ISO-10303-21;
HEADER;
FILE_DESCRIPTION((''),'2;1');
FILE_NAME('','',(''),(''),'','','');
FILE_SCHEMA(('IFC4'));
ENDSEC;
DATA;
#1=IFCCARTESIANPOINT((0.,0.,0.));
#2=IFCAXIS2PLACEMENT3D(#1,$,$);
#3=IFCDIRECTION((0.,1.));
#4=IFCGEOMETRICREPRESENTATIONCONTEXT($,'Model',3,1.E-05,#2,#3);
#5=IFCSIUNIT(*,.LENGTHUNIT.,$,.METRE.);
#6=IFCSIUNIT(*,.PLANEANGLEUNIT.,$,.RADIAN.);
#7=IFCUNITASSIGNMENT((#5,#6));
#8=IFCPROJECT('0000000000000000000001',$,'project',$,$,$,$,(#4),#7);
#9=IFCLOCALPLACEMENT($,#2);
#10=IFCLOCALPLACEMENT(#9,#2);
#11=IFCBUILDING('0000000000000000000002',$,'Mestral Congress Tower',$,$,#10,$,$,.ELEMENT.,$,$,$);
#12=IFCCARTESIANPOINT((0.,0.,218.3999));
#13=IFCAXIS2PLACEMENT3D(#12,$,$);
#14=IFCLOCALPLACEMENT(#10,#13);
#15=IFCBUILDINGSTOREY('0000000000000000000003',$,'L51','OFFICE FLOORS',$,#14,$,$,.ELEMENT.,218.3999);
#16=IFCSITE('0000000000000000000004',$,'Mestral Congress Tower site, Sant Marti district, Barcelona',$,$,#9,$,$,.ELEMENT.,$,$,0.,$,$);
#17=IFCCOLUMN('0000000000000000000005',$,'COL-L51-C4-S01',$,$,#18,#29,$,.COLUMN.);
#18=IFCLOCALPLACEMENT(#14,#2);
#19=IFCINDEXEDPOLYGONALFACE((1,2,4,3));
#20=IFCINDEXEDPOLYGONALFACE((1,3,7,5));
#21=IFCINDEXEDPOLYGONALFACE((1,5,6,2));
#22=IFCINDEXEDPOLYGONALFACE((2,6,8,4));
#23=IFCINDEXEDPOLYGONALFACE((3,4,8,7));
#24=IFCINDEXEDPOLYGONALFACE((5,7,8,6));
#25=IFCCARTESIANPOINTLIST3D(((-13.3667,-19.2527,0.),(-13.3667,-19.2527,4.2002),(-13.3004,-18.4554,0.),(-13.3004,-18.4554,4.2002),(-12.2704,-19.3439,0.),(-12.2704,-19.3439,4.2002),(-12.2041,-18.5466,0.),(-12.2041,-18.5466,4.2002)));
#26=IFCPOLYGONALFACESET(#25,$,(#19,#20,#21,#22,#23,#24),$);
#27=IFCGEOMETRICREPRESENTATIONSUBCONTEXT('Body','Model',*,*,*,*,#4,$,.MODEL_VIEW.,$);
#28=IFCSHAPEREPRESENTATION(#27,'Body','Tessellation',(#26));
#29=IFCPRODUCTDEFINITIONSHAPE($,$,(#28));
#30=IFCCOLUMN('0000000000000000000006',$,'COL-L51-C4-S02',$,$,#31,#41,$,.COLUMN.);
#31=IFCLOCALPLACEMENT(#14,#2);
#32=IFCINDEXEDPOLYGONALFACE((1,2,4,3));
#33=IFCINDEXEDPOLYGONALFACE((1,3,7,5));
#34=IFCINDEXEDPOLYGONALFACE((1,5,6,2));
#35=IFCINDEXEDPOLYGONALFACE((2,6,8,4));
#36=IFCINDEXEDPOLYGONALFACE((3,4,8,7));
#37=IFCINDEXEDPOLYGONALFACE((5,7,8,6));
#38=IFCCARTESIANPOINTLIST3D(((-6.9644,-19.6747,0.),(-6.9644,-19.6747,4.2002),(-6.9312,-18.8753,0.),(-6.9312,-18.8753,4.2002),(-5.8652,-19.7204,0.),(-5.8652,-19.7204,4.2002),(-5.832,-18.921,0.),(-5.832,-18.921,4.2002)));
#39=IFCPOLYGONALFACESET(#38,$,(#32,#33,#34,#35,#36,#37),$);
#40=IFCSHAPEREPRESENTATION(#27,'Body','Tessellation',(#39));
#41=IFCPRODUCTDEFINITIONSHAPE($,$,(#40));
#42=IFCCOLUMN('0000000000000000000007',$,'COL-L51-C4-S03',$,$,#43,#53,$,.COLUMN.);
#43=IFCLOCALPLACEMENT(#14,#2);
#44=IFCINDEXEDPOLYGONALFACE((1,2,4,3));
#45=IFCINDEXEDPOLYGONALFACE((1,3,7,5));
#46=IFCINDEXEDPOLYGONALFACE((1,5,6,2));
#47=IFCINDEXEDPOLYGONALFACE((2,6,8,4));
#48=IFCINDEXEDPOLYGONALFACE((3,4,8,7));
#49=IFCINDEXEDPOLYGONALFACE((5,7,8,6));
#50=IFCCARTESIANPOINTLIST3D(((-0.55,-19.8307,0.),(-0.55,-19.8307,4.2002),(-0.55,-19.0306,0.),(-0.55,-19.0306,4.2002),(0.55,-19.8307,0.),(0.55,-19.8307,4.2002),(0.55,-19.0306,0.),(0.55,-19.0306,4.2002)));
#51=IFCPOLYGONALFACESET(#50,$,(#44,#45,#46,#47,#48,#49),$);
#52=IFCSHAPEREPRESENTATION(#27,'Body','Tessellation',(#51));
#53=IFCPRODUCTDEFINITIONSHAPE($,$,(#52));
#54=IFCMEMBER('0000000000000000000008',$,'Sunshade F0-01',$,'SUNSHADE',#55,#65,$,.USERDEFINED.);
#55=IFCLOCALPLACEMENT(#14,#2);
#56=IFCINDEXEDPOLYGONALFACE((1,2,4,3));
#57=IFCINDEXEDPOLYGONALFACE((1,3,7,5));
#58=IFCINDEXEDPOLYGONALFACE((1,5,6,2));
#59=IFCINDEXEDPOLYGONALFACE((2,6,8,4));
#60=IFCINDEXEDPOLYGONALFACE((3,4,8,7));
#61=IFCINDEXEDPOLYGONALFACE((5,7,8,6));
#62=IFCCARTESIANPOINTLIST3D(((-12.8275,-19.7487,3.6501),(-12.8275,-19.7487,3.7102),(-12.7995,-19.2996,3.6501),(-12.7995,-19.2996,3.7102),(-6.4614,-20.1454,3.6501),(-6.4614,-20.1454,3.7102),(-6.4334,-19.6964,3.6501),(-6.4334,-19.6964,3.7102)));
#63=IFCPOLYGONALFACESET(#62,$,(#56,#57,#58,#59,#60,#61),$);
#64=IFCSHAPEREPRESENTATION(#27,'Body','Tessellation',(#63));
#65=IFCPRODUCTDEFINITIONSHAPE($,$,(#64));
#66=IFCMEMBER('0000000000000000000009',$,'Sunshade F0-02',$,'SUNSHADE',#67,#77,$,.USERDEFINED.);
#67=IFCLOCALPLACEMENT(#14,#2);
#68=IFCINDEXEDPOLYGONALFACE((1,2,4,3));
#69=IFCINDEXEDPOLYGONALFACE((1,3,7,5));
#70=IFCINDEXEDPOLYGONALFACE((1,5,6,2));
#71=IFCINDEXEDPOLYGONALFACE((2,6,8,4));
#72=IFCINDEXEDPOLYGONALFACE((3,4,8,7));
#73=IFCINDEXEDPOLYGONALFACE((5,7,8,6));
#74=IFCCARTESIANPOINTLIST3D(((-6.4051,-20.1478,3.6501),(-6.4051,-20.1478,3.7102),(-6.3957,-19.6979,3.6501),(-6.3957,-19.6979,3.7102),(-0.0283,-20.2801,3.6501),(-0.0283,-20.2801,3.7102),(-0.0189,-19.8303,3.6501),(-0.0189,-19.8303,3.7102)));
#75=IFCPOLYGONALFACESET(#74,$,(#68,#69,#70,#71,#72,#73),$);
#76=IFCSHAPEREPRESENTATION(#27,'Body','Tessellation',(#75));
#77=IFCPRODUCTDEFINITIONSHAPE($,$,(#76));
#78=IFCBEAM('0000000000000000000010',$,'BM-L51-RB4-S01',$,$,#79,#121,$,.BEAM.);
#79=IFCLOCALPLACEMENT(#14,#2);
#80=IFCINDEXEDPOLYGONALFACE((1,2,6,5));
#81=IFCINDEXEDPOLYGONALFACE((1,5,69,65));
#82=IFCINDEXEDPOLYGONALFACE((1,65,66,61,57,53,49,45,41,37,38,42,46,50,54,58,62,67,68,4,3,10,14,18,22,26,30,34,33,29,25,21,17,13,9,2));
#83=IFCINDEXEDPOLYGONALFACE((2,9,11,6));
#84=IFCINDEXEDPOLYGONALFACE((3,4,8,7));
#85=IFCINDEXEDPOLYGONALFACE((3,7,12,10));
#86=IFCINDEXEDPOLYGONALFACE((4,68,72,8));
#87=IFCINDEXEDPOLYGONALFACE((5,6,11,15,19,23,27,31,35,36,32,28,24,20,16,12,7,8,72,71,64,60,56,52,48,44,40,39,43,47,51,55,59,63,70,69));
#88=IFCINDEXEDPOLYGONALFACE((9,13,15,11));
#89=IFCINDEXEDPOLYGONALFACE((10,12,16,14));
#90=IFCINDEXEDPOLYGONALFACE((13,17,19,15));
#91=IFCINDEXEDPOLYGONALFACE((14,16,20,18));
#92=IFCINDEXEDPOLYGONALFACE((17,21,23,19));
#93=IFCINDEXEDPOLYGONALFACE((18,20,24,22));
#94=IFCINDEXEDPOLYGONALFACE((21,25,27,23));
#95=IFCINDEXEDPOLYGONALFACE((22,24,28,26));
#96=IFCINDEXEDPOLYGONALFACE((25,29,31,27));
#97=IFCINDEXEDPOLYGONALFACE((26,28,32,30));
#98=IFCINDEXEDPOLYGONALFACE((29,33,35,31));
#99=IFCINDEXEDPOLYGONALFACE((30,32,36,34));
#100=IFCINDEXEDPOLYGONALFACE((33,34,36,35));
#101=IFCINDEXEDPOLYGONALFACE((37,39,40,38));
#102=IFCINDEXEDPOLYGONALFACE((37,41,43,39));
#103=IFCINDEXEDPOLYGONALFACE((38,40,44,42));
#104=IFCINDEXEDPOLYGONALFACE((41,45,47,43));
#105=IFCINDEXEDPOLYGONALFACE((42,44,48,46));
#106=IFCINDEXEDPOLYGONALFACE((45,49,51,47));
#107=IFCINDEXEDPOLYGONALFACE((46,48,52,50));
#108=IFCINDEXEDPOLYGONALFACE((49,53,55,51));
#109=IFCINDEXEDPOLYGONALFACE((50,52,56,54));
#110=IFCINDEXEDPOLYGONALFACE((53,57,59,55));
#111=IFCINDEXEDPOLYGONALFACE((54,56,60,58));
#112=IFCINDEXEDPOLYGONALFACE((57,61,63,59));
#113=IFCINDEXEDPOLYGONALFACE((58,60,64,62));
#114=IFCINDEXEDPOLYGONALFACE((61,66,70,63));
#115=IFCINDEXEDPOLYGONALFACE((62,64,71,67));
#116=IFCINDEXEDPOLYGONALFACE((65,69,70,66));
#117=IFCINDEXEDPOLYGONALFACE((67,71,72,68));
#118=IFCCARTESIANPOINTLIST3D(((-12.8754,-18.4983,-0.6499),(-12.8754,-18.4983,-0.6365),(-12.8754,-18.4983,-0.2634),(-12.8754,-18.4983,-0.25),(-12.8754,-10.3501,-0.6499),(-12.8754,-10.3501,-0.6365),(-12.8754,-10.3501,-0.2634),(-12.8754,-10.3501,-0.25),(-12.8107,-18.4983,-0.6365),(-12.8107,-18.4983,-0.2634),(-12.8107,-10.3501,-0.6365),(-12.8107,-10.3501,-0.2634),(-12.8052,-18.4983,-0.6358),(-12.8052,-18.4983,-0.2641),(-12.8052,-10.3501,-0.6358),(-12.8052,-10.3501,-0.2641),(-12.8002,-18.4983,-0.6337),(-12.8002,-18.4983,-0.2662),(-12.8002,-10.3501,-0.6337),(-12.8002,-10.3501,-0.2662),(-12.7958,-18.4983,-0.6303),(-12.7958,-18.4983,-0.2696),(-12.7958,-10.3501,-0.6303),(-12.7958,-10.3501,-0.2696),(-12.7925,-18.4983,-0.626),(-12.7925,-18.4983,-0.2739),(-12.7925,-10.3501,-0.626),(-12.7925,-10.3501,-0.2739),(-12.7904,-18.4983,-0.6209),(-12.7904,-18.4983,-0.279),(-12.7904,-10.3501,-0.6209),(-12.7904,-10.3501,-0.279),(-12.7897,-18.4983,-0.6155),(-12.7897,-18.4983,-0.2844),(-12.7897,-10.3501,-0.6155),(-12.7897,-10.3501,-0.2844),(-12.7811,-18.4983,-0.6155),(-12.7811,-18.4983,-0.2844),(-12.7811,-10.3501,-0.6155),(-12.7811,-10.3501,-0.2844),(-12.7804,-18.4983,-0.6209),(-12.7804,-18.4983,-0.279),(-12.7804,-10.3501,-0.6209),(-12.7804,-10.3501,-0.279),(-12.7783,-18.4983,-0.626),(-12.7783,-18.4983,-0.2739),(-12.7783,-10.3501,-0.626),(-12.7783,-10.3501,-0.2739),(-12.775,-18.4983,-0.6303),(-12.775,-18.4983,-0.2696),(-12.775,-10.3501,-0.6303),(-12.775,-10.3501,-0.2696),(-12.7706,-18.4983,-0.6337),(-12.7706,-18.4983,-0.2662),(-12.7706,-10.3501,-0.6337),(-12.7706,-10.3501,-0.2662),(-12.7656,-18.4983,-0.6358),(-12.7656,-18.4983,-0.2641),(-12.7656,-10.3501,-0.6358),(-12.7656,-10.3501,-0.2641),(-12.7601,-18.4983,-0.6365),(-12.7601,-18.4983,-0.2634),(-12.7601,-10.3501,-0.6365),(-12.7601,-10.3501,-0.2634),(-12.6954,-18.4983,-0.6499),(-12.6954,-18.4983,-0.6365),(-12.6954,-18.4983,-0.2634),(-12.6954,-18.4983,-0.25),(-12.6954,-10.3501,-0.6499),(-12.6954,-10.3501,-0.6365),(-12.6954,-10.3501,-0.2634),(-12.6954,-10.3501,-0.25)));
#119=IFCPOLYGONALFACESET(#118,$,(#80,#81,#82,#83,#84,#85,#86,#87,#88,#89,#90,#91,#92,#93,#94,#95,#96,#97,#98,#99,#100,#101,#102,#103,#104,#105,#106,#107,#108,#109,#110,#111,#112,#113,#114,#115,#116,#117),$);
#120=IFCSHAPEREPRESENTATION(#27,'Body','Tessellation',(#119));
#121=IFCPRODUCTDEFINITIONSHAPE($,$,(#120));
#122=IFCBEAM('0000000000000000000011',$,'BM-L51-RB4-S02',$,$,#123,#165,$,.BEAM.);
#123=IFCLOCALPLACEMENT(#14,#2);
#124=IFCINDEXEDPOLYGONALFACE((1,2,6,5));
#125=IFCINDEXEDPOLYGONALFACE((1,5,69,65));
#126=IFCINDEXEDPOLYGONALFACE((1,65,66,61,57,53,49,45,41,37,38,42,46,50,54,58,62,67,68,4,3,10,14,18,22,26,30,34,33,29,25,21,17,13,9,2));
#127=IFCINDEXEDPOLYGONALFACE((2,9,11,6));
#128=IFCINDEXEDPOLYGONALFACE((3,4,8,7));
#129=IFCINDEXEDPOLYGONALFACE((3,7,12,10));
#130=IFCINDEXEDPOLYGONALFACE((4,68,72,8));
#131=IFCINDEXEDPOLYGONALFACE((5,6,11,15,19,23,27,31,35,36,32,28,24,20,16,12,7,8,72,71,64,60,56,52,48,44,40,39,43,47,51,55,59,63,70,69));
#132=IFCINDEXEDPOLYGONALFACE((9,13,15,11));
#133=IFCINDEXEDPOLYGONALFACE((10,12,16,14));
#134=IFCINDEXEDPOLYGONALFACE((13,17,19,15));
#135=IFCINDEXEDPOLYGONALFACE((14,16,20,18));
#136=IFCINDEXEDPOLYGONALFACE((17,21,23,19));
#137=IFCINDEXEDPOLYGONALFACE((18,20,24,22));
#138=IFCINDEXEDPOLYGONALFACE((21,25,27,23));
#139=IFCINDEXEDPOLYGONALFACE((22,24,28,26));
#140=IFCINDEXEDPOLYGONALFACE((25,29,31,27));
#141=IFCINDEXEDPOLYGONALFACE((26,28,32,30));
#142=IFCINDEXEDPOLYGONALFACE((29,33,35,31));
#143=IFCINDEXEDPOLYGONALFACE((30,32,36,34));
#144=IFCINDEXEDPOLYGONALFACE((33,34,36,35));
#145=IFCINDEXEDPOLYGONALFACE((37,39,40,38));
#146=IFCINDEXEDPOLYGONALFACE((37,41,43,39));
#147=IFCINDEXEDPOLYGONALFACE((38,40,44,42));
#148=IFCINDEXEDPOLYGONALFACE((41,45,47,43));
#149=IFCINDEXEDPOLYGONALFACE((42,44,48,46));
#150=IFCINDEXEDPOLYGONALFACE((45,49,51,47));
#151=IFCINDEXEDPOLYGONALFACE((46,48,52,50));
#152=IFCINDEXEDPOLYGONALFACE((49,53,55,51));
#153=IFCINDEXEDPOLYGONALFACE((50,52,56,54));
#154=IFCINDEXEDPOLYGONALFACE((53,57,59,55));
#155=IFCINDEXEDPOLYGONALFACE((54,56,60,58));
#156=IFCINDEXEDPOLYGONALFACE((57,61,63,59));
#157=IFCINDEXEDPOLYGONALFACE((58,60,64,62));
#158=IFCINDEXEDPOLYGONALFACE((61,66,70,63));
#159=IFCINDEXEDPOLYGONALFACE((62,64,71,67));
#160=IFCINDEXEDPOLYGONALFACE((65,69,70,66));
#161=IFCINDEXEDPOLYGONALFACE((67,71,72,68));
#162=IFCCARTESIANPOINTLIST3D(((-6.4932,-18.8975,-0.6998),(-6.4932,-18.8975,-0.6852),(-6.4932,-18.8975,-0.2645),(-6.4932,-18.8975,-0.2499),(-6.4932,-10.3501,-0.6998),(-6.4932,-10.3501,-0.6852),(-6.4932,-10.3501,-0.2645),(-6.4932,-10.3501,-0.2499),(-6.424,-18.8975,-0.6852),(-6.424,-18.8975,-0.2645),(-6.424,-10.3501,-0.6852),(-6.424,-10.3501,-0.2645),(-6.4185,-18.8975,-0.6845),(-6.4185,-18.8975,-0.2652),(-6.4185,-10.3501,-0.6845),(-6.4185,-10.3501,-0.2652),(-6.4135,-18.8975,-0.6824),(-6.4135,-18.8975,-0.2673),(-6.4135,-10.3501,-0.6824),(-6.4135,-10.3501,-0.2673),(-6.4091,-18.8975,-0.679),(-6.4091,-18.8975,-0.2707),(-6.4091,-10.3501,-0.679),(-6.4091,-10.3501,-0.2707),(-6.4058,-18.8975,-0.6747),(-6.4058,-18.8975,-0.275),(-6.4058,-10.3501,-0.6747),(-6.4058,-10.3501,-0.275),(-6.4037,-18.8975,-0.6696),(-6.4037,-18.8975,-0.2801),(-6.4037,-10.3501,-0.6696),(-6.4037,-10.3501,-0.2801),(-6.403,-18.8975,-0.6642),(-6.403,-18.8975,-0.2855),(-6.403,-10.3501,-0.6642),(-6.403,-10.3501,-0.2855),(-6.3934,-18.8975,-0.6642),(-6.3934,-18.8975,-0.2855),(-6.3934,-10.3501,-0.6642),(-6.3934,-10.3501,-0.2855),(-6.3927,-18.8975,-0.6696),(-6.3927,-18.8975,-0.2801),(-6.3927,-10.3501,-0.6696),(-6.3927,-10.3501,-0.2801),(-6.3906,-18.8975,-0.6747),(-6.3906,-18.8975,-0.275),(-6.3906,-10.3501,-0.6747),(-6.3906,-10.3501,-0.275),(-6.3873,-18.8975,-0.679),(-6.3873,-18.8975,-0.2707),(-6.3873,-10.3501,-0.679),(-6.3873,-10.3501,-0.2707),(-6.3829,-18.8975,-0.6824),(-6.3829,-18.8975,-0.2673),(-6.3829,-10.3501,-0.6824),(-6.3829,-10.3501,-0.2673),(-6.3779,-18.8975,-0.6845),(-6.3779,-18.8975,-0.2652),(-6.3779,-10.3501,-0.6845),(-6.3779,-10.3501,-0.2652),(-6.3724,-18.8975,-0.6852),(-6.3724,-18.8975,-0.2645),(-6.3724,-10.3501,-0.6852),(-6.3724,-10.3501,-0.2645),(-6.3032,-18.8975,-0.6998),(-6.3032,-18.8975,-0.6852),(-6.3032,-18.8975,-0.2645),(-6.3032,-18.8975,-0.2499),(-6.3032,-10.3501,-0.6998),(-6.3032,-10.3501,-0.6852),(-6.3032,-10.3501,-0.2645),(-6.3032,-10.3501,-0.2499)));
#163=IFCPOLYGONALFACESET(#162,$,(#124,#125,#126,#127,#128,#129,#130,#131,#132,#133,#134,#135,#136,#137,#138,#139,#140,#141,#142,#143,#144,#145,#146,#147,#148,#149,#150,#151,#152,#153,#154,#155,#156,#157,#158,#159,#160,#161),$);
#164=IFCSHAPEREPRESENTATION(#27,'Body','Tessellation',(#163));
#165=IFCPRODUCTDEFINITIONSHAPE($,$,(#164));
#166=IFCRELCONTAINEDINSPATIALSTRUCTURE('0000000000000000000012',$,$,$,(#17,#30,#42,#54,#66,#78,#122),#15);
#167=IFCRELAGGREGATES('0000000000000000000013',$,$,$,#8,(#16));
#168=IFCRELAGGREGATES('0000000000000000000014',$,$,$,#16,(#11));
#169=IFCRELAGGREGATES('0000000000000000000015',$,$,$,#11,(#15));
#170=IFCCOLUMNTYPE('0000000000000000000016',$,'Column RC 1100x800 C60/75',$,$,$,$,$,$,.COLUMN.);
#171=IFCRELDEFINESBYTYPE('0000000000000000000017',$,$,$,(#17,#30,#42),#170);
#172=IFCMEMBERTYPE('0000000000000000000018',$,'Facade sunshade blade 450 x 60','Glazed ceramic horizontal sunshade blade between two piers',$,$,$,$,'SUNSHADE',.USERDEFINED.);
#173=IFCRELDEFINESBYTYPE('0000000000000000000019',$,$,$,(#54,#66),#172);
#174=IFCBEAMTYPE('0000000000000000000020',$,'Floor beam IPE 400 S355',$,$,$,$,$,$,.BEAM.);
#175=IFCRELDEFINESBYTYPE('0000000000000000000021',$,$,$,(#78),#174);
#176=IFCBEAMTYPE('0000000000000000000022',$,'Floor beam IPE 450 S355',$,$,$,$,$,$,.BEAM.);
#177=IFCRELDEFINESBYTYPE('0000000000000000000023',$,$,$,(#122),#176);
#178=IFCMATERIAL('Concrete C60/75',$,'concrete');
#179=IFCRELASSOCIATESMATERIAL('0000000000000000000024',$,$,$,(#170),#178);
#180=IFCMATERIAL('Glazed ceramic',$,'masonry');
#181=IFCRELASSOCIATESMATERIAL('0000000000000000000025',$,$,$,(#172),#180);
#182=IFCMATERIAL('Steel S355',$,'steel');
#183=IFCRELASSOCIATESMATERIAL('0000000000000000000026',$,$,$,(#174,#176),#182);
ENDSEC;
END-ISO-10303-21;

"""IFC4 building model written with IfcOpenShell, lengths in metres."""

from ifc_helpers import new_model, si_unit, direction, frame, origin, origin_2d, place, context, subcontext, project, spatial, rectangle, i_section, extrude, material, material_profile, profile_set, type_object, element, save


model = new_model("IFC4")

# Units and contexts
model_context = context("Model", 3, precision=1e-05, world=origin(), true_north=direction((0.0, 1.0)))
body_context = subcontext(model_context, "Body", "Model", "MODEL_VIEW")
ifc_project = project(units=[si_unit("LENGTHUNIT", "METRE"), si_unit("PLANEANGLEUNIT", "RADIAN")], contexts=[model_context])

# Site, building, storey
site_placement = place(None, origin())
site = spatial("IfcSite", under=ifc_project, at=site_placement, Name="Mestral Congress Tower site, Sant Marti district, Barcelona", CompositionType="ELEMENT", RefElevation=0.0)
building_placement = place(site_placement, origin())
building = spatial("IfcBuilding", under=site, at=building_placement, Name="Mestral Congress Tower", CompositionType="ELEMENT")
storey_placement = place(building_placement, frame((0.0, 0.0, 218.3999)))
storey = spatial("IfcBuildingStorey", under=building, at=storey_placement, Name="L51", Description="OFFICE FLOORS", CompositionType="ELEMENT", Elevation=218.3999)

# Columns
ifc_material_1 = material(Name="Concrete C60/75", Category="concrete")
ifc_material_profile_1 = material_profile(ifc_material_1, rectangle(XDim=1.1001, YDim=0.8, at=origin_2d()), Name="RC 1100x800")
ifc_profile_set_1 = profile_set([ifc_material_profile_1], Name="Concrete C60/75")
column_type = type_object("IfcColumnType", Name="Column RC 1100x800 C60/75", PredefinedType="COLUMN", material=ifc_profile_set_1)
for number, where, z_axis, x_axis, name in (
    (1, (-12.7854, -18.8997, 0.0), (0.0, 0.0, 1.0), (0.996557, -0.082914, 0.0), "COL-L51-C4-S01"),
    (2, (-6.3982, -19.2979, 0.0), (0.0, 0.0, 1.0), (0.999139, -0.041492, 0.0), "COL-L51-C4-S02"),
    (3, (0.0, -19.4307, 0.0), (0.0, 0.0, 1.0), (1.0, 0.0, 0.0), "COL-L51-C4-S03"),
):
    element("IfcColumn", number, at=place(storey_placement, frame(where, z_axis=z_axis, x_axis=x_axis)), inside=storey, type_object=column_type, Name=name, PredefinedType="COLUMN", context=body_context, shape_type="SweptSolid", body=[
        extrude(rectangle(XDim=1.1001, YDim=0.8, at=origin_2d()), origin(), (0.0, 0.0, 1.0), 4.2002),
    ])

# Members
ifc_material_2 = material(Name="Glazed ceramic", Category="masonry")
ifc_material_profile_2 = material_profile(ifc_material_2, rectangle(XDim=0.45, YDim=0.0601, at=origin_2d()), Name="Ceramic blade 450 x 60")
ifc_profile_set_2 = profile_set([ifc_material_profile_2], Name="Glazed ceramic")
member_type = type_object("IfcMemberType", Name="Facade sunshade blade 450 x 60", Description="Glazed ceramic horizontal sunshade blade between two piers", ElementType="SUNSHADE", PredefinedType="USERDEFINED", material=ifc_profile_set_2)
member_1_placement = place(storey_placement, frame((-12.8135, -19.5242, 3.6802), z_axis=(0.998064, -0.0622, 0.0), x_axis=(0.0622, 0.998064, 0.0)))
element("IfcMember", 4, at=member_1_placement, inside=storey, type_object=member_type, Name="Sunshade F0-01", ObjectType="SUNSHADE", PredefinedType="USERDEFINED", context=body_context, shape_type="SweptSolid", body=[
    extrude(rectangle(XDim=0.45, YDim=0.0601, at=origin_2d()), origin(), (0.0, 0.0, 1.0), 6.3784),
])
member_2_placement = place(storey_placement, frame((-6.4004, -19.9229, 3.6802), z_axis=(0.999785, -0.020747, 0.0), x_axis=(0.020747, 0.999785, 0.0)))
element("IfcMember", 5, at=member_2_placement, inside=storey, type_object=member_type, Name="Sunshade F0-02", ObjectType="SUNSHADE", PredefinedType="USERDEFINED", context=body_context, shape_type="SweptSolid", body=[
    extrude(rectangle(XDim=0.45, YDim=0.0601, at=origin_2d()), origin(), (0.0, 0.0, 1.0), 6.3782),
])

# Beams
ifc_material_3 = material(Name="Steel S355", Category="steel")
ifc_material_profile_3 = material_profile(ifc_material_3, i_section(OverallWidth=0.1799, OverallDepth=0.3999, WebThickness=0.0085, FlangeThickness=0.0134, FilletRadius=0.021, at=origin_2d()), Name="IPE 400")
ifc_profile_set_3 = profile_set([ifc_material_profile_3], Name="Steel S355")
beam_type_1 = type_object("IfcBeamType", Name="Floor beam IPE 400 S355", PredefinedType="BEAM", material=ifc_profile_set_3)
beam_1_placement = place(storey_placement, frame((-12.7854, -18.4983, -0.45), z_axis=(0.0, 1.0, 0.0), x_axis=(-1.0, 0.0, 0.0)))
element("IfcBeam", 6, at=beam_1_placement, inside=storey, type_object=beam_type_1, Name="BM-L51-RB4-S01", PredefinedType="BEAM", context=body_context, shape_type="SweptSolid", body=[
    extrude(i_section(OverallWidth=0.1799, OverallDepth=0.3999, WebThickness=0.0085, FlangeThickness=0.0134, FilletRadius=0.021, at=origin_2d()), origin(), (0.0, 0.0, 1.0), 8.1482),
])
ifc_material_profile_4 = material_profile(ifc_material_3, i_section(OverallWidth=0.1899, OverallDepth=0.45, WebThickness=0.0095, FlangeThickness=0.0146, FilletRadius=0.021, at=origin_2d()), Name="IPE 450")
ifc_profile_set_4 = profile_set([ifc_material_profile_4], Name="Steel S355")
beam_type_2 = type_object("IfcBeamType", Name="Floor beam IPE 450 S355", PredefinedType="BEAM", material=ifc_profile_set_4)
beam_2_placement = place(storey_placement, frame((-6.3982, -18.8975, -0.4749), z_axis=(0.0, 1.0, 0.0), x_axis=(-1.0, 0.0, 0.0)))
element("IfcBeam", 7, at=beam_2_placement, inside=storey, type_object=beam_type_2, Name="BM-L51-RB4-S02", PredefinedType="BEAM", context=body_context, shape_type="SweptSolid", body=[
    extrude(i_section(OverallWidth=0.1899, OverallDepth=0.45, WebThickness=0.0095, FlangeThickness=0.0146, FilletRadius=0.021, at=origin_2d()), origin(), (0.0, 0.0, 1.0), 8.5474),
])

save(model, "model.ifc")
